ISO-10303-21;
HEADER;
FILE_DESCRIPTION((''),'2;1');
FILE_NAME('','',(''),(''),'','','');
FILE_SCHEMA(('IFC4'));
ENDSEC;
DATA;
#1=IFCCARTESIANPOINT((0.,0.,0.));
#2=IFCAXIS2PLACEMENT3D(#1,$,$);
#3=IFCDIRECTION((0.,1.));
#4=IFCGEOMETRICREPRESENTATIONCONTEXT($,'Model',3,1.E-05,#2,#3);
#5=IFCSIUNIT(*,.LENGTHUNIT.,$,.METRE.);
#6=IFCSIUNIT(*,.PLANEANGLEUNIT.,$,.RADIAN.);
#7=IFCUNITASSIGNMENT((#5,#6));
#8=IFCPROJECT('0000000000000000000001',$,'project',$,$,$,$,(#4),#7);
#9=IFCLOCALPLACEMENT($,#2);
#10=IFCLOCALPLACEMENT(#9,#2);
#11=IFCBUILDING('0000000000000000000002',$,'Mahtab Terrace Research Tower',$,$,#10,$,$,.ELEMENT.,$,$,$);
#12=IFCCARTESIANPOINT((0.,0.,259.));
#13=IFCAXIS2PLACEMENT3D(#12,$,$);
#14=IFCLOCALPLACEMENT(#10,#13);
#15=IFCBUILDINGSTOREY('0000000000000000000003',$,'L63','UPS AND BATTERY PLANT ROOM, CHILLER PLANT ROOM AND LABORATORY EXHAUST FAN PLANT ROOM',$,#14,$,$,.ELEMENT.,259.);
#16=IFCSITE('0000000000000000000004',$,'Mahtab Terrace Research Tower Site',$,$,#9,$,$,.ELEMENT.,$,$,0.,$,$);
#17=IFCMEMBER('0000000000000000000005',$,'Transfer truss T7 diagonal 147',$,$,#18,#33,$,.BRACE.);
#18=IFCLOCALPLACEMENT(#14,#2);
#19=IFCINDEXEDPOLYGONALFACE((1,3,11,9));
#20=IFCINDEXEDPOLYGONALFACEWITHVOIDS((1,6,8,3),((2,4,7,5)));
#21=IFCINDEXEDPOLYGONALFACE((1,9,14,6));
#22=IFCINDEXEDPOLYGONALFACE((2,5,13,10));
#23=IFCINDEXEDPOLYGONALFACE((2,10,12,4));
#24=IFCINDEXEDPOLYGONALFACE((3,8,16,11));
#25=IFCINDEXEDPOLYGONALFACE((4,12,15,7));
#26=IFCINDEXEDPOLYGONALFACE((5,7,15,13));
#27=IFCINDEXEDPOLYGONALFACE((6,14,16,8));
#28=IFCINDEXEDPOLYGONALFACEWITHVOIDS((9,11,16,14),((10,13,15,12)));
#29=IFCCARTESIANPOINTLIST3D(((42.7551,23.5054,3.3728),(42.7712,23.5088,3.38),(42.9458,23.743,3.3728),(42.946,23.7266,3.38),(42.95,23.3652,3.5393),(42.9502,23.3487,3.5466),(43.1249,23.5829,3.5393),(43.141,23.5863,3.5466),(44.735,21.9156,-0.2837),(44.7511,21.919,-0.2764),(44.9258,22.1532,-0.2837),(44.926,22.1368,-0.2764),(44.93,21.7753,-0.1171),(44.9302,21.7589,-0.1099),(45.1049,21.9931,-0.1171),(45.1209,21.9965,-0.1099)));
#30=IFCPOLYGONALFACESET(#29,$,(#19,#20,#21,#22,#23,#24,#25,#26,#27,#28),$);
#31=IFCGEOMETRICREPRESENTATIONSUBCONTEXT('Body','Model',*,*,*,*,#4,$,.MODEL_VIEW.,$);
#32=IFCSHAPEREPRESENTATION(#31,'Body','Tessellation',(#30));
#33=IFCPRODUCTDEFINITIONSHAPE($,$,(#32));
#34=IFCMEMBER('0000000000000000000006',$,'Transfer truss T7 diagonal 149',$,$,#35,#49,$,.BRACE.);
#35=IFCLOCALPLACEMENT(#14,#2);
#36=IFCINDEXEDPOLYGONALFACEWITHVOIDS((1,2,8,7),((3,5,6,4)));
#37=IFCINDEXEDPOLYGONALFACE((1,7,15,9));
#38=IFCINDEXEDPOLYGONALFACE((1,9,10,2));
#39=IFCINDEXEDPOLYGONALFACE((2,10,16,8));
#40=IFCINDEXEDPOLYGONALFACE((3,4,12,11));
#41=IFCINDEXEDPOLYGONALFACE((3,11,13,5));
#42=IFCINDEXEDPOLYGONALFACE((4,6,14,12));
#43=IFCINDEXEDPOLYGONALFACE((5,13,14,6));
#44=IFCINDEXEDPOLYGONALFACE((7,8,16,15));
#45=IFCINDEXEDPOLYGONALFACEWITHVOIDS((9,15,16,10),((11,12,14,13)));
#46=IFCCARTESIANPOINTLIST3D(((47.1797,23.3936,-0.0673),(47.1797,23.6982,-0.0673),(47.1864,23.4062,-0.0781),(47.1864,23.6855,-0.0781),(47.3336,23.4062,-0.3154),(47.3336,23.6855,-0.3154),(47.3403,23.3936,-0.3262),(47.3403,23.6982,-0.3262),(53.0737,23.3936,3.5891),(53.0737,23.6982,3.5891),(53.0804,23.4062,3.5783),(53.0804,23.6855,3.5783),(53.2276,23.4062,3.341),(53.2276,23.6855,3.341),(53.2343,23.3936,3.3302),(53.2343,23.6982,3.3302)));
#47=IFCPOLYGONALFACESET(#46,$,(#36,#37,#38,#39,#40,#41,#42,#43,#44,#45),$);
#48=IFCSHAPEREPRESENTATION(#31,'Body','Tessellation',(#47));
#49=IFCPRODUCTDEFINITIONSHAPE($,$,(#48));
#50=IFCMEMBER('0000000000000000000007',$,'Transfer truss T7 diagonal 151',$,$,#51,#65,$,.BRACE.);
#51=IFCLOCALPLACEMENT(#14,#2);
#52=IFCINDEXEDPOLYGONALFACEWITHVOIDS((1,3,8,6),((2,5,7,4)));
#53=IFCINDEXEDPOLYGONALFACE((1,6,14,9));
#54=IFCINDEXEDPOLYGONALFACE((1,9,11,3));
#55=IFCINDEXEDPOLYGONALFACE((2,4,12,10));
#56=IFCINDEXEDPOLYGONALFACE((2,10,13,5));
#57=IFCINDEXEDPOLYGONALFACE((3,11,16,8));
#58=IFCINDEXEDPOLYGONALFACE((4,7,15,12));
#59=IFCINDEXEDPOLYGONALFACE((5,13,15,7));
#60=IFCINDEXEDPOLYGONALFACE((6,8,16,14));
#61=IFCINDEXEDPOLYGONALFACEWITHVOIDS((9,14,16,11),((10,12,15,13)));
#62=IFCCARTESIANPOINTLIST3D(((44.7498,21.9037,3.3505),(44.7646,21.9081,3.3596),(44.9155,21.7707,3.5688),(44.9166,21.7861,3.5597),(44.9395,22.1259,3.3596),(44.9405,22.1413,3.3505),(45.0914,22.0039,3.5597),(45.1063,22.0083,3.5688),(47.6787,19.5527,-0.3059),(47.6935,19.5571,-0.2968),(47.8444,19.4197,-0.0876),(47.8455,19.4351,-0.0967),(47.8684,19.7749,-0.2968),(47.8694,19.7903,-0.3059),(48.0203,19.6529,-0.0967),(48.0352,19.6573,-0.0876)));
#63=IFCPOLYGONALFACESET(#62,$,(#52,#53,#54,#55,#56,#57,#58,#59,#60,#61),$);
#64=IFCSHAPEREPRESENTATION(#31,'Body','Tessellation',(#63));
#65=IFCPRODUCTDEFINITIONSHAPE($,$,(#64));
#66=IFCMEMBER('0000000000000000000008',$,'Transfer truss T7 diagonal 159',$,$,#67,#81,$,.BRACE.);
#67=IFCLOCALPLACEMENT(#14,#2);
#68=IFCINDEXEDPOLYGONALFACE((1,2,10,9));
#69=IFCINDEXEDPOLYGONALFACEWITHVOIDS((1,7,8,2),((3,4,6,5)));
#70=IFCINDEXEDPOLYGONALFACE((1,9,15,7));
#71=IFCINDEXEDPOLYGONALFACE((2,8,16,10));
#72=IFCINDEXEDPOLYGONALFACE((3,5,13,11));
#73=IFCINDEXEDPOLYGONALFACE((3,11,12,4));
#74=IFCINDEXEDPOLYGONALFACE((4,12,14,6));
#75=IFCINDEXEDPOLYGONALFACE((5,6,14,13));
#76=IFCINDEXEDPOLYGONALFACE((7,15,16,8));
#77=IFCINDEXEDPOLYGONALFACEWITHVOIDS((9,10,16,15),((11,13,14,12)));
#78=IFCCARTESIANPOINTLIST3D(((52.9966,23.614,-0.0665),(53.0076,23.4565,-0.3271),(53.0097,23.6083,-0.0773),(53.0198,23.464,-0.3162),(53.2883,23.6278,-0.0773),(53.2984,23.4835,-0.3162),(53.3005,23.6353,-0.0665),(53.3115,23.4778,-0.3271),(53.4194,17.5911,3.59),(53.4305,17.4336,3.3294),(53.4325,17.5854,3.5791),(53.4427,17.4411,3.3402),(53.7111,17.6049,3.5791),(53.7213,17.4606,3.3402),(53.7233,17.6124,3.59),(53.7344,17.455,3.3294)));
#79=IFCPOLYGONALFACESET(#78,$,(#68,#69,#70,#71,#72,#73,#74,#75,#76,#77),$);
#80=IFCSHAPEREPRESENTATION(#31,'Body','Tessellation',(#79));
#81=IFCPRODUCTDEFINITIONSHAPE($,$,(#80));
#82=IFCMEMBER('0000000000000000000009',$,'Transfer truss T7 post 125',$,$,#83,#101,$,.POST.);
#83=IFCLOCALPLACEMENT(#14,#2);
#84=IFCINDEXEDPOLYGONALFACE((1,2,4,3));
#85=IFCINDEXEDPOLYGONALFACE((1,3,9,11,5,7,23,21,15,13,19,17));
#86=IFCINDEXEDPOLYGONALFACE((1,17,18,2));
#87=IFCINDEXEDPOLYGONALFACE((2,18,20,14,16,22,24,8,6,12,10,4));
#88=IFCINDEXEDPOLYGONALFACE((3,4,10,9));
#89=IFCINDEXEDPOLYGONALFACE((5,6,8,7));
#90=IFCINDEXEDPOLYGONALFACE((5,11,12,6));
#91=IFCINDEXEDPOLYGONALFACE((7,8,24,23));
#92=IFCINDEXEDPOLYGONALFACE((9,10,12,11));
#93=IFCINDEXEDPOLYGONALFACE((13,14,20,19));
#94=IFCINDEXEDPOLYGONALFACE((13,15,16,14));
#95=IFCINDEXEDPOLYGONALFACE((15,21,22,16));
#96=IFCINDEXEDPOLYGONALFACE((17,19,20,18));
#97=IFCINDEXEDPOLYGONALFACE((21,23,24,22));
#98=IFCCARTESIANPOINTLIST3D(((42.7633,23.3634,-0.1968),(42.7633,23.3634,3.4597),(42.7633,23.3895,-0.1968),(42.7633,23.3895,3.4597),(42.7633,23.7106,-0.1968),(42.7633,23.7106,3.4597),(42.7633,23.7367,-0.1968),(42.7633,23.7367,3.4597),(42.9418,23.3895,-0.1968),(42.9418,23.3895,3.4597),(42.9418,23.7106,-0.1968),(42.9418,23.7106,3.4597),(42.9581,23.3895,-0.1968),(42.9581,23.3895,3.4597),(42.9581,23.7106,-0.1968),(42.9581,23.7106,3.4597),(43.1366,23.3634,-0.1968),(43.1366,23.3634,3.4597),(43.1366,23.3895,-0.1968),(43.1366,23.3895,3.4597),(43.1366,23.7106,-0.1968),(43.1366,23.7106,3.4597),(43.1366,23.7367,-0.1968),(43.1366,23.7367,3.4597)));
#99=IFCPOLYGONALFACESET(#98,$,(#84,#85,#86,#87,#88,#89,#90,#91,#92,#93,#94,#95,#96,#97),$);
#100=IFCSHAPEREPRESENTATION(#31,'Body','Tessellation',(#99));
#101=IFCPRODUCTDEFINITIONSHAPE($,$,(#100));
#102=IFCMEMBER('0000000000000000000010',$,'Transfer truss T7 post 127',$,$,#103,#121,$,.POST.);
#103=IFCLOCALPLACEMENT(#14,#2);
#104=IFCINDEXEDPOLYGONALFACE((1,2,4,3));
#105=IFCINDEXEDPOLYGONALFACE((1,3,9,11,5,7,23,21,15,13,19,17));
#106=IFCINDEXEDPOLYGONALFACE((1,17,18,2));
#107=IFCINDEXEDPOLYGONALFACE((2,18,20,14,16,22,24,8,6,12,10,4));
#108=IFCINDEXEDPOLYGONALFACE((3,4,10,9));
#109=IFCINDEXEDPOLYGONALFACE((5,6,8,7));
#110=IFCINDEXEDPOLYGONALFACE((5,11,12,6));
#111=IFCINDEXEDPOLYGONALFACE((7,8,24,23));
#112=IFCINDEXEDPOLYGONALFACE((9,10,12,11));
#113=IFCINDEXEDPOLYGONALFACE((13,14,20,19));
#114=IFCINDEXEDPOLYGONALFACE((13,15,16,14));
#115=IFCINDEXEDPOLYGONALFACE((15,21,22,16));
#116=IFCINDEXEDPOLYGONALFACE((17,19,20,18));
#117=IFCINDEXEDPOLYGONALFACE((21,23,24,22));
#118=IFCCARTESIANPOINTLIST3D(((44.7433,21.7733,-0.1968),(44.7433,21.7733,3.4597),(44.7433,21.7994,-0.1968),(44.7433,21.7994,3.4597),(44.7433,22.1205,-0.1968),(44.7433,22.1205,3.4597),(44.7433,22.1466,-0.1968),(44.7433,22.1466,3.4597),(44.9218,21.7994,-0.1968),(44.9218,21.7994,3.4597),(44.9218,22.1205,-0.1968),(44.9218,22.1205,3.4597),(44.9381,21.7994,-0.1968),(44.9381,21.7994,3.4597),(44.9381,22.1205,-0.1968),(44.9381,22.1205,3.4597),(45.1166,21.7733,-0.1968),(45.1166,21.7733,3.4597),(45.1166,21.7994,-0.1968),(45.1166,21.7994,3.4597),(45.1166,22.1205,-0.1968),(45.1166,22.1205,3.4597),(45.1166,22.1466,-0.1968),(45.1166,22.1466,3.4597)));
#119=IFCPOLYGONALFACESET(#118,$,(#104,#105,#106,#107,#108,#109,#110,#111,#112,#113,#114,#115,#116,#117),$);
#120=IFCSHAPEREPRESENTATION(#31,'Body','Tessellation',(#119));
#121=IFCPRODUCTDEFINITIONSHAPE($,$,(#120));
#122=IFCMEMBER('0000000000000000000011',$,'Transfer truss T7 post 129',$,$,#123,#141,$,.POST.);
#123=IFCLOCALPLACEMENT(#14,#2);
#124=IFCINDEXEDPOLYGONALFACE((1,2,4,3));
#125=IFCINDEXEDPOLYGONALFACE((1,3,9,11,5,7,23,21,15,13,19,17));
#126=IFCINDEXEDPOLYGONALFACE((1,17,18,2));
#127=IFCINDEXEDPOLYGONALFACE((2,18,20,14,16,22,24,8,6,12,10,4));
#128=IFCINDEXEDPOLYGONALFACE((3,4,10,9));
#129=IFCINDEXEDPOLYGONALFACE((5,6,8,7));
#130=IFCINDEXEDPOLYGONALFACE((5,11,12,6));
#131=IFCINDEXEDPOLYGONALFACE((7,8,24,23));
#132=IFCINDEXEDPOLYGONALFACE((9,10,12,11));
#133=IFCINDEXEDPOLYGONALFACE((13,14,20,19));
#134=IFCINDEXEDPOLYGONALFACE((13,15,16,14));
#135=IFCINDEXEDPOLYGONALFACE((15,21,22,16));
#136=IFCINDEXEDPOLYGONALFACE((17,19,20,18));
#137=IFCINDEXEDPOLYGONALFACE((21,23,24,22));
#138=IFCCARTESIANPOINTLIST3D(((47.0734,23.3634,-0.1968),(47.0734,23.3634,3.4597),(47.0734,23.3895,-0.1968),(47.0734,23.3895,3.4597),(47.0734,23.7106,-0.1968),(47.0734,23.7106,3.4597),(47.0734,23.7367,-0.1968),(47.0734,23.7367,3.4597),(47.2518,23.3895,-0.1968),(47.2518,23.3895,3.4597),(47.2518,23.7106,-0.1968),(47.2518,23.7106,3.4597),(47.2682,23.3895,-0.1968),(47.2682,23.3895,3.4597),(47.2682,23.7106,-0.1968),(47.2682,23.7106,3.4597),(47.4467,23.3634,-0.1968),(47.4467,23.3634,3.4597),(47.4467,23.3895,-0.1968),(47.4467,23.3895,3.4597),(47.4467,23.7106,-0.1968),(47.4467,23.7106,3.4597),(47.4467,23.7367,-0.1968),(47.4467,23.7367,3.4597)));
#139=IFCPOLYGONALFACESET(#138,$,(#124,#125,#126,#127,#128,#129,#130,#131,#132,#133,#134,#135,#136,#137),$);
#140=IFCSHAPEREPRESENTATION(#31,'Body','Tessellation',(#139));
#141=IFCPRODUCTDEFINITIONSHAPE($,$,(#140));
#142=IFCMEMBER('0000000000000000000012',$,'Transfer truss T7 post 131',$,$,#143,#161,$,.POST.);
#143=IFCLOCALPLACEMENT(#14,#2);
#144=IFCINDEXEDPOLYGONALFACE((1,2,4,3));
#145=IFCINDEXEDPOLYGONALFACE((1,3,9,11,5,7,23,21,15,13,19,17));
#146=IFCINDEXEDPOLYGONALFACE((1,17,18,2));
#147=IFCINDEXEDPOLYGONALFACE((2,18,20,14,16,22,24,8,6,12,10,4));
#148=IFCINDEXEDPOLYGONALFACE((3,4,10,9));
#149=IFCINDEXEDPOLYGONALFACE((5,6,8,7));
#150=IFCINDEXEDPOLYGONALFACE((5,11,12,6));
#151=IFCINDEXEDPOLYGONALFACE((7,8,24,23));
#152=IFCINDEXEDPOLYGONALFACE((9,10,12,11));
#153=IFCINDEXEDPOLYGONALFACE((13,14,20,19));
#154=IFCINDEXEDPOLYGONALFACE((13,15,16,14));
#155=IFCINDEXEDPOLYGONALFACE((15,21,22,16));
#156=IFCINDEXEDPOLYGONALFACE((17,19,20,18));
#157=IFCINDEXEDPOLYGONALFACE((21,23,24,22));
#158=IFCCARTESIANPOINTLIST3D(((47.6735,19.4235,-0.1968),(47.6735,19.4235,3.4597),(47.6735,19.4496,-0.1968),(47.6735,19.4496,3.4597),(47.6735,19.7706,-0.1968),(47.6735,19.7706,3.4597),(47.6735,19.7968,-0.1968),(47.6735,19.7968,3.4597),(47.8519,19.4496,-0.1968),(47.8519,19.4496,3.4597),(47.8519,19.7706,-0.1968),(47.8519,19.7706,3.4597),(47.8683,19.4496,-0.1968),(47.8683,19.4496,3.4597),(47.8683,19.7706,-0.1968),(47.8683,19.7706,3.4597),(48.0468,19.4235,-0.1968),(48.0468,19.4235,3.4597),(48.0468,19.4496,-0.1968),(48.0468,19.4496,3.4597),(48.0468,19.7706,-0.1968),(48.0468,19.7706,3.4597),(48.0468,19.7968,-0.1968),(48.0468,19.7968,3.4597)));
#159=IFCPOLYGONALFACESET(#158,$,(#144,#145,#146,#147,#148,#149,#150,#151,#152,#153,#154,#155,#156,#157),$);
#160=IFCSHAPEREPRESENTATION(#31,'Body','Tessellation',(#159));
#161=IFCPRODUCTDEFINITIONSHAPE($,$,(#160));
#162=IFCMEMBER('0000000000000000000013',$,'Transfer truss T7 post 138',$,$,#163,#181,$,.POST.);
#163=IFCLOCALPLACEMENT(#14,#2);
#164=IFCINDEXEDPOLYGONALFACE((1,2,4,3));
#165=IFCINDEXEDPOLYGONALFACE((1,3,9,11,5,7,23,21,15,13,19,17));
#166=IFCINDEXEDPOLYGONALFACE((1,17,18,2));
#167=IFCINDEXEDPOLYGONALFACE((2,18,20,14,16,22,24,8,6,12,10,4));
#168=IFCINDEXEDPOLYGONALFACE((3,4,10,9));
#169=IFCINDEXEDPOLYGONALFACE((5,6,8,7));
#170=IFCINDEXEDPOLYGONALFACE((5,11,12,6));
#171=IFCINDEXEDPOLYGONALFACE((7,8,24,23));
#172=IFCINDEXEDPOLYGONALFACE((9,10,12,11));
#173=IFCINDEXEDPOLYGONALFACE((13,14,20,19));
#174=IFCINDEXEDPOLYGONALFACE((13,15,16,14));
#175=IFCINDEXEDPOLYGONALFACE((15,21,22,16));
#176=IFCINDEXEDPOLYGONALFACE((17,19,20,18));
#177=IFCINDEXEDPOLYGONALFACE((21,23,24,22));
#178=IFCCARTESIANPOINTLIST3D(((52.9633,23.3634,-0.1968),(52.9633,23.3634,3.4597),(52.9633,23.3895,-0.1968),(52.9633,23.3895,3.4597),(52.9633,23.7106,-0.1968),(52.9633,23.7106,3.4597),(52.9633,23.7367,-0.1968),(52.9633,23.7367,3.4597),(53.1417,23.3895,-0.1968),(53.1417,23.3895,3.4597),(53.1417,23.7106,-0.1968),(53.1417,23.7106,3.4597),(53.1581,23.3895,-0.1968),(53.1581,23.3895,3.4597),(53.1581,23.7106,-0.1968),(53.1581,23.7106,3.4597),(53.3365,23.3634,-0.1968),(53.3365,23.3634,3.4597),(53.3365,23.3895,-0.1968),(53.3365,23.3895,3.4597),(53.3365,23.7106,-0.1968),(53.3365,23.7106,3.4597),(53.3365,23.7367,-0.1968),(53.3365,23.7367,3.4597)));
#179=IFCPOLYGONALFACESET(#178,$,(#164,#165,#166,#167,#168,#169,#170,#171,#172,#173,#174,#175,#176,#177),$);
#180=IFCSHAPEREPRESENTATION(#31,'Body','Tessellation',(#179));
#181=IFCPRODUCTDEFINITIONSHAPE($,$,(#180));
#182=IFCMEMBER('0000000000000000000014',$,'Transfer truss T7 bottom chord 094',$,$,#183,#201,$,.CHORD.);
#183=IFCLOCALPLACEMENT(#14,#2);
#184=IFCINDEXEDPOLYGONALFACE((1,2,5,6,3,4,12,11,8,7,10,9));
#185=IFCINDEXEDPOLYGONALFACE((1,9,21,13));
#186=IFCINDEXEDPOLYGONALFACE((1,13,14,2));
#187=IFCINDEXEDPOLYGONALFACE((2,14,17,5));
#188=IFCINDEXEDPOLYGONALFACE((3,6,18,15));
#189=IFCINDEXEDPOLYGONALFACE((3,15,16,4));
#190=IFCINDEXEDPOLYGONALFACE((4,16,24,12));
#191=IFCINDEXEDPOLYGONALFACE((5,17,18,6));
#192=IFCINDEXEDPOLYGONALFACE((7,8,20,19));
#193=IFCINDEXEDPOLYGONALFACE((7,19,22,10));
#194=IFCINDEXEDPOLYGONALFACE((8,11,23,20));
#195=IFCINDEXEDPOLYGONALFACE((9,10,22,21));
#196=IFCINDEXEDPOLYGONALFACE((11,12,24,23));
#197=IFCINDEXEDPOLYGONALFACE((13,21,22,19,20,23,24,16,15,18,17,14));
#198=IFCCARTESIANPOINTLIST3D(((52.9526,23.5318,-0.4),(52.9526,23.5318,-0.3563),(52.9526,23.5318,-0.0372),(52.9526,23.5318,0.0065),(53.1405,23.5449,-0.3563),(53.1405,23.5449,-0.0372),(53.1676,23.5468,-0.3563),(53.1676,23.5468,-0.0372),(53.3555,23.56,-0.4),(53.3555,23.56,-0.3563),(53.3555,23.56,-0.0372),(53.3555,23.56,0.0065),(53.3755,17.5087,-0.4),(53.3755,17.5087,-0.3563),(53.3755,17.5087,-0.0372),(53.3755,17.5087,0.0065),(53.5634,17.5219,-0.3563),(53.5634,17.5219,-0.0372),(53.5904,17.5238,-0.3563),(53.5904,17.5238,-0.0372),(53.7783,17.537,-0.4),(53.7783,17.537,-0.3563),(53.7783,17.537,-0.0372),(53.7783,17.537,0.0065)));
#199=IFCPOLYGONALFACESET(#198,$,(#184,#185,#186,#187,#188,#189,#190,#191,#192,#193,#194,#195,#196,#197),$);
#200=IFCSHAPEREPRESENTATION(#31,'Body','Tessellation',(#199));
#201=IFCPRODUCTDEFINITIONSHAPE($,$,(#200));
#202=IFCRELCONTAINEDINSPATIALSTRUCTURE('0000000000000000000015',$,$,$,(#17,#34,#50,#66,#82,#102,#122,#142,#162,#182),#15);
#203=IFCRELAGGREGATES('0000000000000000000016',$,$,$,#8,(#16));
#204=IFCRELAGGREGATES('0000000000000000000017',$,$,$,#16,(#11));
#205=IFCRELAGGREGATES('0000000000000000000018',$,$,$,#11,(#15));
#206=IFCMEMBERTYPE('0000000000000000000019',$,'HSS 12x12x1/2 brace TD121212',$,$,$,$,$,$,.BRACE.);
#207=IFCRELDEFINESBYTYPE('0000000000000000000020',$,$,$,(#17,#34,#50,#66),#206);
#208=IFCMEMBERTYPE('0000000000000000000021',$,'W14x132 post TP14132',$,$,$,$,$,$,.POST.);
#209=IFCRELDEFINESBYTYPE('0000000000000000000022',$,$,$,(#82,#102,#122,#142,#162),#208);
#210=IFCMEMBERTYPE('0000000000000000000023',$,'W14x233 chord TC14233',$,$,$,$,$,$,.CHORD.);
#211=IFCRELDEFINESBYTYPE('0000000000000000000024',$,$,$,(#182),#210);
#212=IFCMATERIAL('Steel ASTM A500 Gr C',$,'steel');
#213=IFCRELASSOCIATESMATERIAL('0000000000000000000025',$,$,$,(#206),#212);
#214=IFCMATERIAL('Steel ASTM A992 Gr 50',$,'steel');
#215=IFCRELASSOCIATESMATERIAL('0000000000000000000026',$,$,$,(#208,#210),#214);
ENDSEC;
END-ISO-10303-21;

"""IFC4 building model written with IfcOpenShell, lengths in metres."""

from ifc_helpers import new_model, si_unit, direction, frame, origin, origin_2d, place, context, subcontext, project, spatial, hollow_rectangle, i_section, extrude, material, material_profile, profile_set, type_object, element, save


model = new_model("IFC4")

# Units and contexts
model_context = context("Model", 3, precision=1e-05, world=origin(), true_north=direction((0.0, 1.0)))
body_context = subcontext(model_context, "Body", "Model", "MODEL_VIEW")
ifc_project = project(units=[si_unit("LENGTHUNIT", "METRE"), si_unit("PLANEANGLEUNIT", "RADIAN")], contexts=[model_context])

# Site, building, storey
site_placement = place(None, origin())
site = spatial("IfcSite", under=ifc_project, at=site_placement, Name="Mahtab Terrace Research Tower Site", CompositionType="ELEMENT", RefElevation=0.0)
building_placement = place(site_placement, origin())
building = spatial("IfcBuilding", under=site, at=building_placement, Name="Mahtab Terrace Research Tower", CompositionType="ELEMENT")
storey_placement = place(building_placement, frame((0.0, 0.0, 259.0)))
storey = spatial("IfcBuildingStorey", under=building, at=storey_placement, Name="L63", Description="UPS AND BATTERY PLANT ROOM, CHILLER PLANT ROOM AND LABORATORY EXHAUST FAN PLANT ROOM", CompositionType="ELEMENT", Elevation=259.0)

# Members
ifc_material_1 = material(Name="Steel ASTM A500 Gr C", Category="steel")
ifc_material_profile_1 = material_profile(ifc_material_1, hollow_rectangle(XDim=0.3047, YDim=0.3047, WallThickness=0.0127, at=origin_2d()), Name="HSS12X12X1/2")
ifc_profile_set_1 = profile_set([ifc_material_profile_1], Name="Steel ASTM A500 Gr C")
member_type_1 = type_object("IfcMemberType", Name="HSS 12x12x1/2 brace TD121212", PredefinedType="BRACE", material=ifc_profile_set_1)
member_1_placement = place(storey_placement, frame((44.928, 21.9561, -0.1968), z_axis=(-0.444767, 0.35713, 0.821365), x_axis=(-0.626101, -0.779742, 0.0)))
element("IfcMember", 1, at=member_1_placement, inside=storey, type_object=member_type_1, Name="Transfer truss T7 diagonal 147", PredefinedType="BRACE", context=body_context, shape_type="SweptSolid", body=[
    extrude(hollow_rectangle(XDim=0.3047, YDim=0.3047, WallThickness=0.0127, at=origin_2d()), origin(), (0.0, 0.0, 1.0), 4.4517),
])
member_2_placement = place(storey_placement, frame((47.26, 23.5459, -0.1968), z_axis=(0.849761, 0.0, 0.527167), x_axis=(0.0, 1.0, 0.0)))
element("IfcMember", 2, at=member_2_placement, inside=storey, type_object=member_type_1, Name="Transfer truss T7 diagonal 149", PredefinedType="BRACE", context=body_context, shape_type="SweptSolid", body=[
    extrude(hollow_rectangle(XDim=0.3047, YDim=0.3047, WallThickness=0.0127, at=origin_2d()), origin(), (0.0, 0.0, 1.0), 6.936),
])
member_3_placement = place(storey_placement, frame((47.8569, 19.605, -0.1968), z_axis=(-0.558771, 0.448526, 0.697567), x_axis=(-0.625978, -0.77984, 0.0)))
element("IfcMember", 3, at=member_3_placement, inside=storey, type_object=member_type_1, Name="Transfer truss T7 diagonal 151", PredefinedType="BRACE", context=body_context, shape_type="SweptSolid", body=[
    extrude(hollow_rectangle(XDim=0.3047, YDim=0.3047, WallThickness=0.0127, at=origin_2d()), origin(), (0.0, 0.0, 1.0), 5.2417),
])
member_4_placement = place(storey_placement, frame((53.1541, 23.5459, -0.1968), z_axis=(0.059905, -0.853271, 0.518015), x_axis=(0.997545, 0.070034, 0.0)))
element("IfcMember", 4, at=member_4_placement, inside=storey, type_object=member_type_1, Name="Transfer truss T7 diagonal 159", PredefinedType="BRACE", context=body_context, shape_type="SweptSolid", body=[
    extrude(hollow_rectangle(XDim=0.3047, YDim=0.3047, WallThickness=0.0127, at=origin_2d()), origin(), (0.0, 0.0, 1.0), 7.0586),
])
ifc_material_2 = material(Name="Steel ASTM A992 Gr 50", Category="steel")
ifc_material_profile_2 = material_profile(ifc_material_2, i_section(OverallWidth=0.3733, OverallDepth=0.3733, WebThickness=0.0164, FlangeThickness=0.0261, at=origin_2d()), Name="W14X132")
ifc_profile_set_2 = profile_set([ifc_material_profile_2], Name="Steel ASTM A992 Gr 50")
member_type_2 = type_object("IfcMemberType", Name="W14x132 post TP14132", PredefinedType="POST", material=ifc_profile_set_2)
for number, where, z_axis, x_axis, name in (
    (5, (42.95, 23.55, -0.1968), (0.0, 0.0, 1.0), (1.0, 0.0, 0.0), "Transfer truss T7 post 125"),
    (6, (44.9299, 21.96, -0.1968), (0.0, 0.0, 1.0), (1.0, 0.0, 0.0), "Transfer truss T7 post 127"),
    (7, (47.26, 23.55, -0.1968), (0.0, 0.0, 1.0), (1.0, 0.0, 0.0), "Transfer truss T7 post 129"),
    (8, (47.8601, 19.6101, -0.1968), (0.0, 0.0, 1.0), (1.0, 0.0, 0.0), "Transfer truss T7 post 131"),
    (9, (53.1499, 23.55, -0.1968), (0.0, 0.0, 1.0), (1.0, 0.0, 0.0), "Transfer truss T7 post 138"),
):
    element("IfcMember", number, at=place(storey_placement, frame(where, z_axis=z_axis, x_axis=x_axis)), inside=storey, type_object=member_type_2, Name=name, PredefinedType="POST", context=body_context, shape_type="SweptSolid", body=[
        extrude(i_section(OverallWidth=0.3733, OverallDepth=0.3733, WebThickness=0.0164, FlangeThickness=0.0261, at=origin_2d()), origin(), (0.0, 0.0, 1.0), 3.6565),
    ])
ifc_material_profile_3 = material_profile(ifc_material_2, i_section(OverallWidth=0.4038, OverallDepth=0.4065, WebThickness=0.0271, FlangeThickness=0.0437, at=origin_2d()), Name="W14X233")
ifc_profile_set_3 = profile_set([ifc_material_profile_3], Name="Steel ASTM A992 Gr 50")
member_type_3 = type_object("IfcMemberType", Name="W14x233 chord TC14233", PredefinedType="CHORD", material=ifc_profile_set_3)
member_5_placement = place(storey_placement, frame((53.1541, 23.5459, -0.1968), z_axis=(0.070034, -0.997545, 0.0), x_axis=(0.997545, 0.070034, 0.0)))
element("IfcMember", 10, at=member_5_placement, inside=storey, type_object=member_type_3, Name="Transfer truss T7 bottom chord 094", PredefinedType="CHORD", context=body_context, shape_type="SweptSolid", body=[
    extrude(i_section(OverallWidth=0.4038, OverallDepth=0.4065, WebThickness=0.0271, FlangeThickness=0.0437, at=origin_2d()), origin(), (0.0, 0.0, 1.0), 6.0378),
])

save(model, "model.ifc")
